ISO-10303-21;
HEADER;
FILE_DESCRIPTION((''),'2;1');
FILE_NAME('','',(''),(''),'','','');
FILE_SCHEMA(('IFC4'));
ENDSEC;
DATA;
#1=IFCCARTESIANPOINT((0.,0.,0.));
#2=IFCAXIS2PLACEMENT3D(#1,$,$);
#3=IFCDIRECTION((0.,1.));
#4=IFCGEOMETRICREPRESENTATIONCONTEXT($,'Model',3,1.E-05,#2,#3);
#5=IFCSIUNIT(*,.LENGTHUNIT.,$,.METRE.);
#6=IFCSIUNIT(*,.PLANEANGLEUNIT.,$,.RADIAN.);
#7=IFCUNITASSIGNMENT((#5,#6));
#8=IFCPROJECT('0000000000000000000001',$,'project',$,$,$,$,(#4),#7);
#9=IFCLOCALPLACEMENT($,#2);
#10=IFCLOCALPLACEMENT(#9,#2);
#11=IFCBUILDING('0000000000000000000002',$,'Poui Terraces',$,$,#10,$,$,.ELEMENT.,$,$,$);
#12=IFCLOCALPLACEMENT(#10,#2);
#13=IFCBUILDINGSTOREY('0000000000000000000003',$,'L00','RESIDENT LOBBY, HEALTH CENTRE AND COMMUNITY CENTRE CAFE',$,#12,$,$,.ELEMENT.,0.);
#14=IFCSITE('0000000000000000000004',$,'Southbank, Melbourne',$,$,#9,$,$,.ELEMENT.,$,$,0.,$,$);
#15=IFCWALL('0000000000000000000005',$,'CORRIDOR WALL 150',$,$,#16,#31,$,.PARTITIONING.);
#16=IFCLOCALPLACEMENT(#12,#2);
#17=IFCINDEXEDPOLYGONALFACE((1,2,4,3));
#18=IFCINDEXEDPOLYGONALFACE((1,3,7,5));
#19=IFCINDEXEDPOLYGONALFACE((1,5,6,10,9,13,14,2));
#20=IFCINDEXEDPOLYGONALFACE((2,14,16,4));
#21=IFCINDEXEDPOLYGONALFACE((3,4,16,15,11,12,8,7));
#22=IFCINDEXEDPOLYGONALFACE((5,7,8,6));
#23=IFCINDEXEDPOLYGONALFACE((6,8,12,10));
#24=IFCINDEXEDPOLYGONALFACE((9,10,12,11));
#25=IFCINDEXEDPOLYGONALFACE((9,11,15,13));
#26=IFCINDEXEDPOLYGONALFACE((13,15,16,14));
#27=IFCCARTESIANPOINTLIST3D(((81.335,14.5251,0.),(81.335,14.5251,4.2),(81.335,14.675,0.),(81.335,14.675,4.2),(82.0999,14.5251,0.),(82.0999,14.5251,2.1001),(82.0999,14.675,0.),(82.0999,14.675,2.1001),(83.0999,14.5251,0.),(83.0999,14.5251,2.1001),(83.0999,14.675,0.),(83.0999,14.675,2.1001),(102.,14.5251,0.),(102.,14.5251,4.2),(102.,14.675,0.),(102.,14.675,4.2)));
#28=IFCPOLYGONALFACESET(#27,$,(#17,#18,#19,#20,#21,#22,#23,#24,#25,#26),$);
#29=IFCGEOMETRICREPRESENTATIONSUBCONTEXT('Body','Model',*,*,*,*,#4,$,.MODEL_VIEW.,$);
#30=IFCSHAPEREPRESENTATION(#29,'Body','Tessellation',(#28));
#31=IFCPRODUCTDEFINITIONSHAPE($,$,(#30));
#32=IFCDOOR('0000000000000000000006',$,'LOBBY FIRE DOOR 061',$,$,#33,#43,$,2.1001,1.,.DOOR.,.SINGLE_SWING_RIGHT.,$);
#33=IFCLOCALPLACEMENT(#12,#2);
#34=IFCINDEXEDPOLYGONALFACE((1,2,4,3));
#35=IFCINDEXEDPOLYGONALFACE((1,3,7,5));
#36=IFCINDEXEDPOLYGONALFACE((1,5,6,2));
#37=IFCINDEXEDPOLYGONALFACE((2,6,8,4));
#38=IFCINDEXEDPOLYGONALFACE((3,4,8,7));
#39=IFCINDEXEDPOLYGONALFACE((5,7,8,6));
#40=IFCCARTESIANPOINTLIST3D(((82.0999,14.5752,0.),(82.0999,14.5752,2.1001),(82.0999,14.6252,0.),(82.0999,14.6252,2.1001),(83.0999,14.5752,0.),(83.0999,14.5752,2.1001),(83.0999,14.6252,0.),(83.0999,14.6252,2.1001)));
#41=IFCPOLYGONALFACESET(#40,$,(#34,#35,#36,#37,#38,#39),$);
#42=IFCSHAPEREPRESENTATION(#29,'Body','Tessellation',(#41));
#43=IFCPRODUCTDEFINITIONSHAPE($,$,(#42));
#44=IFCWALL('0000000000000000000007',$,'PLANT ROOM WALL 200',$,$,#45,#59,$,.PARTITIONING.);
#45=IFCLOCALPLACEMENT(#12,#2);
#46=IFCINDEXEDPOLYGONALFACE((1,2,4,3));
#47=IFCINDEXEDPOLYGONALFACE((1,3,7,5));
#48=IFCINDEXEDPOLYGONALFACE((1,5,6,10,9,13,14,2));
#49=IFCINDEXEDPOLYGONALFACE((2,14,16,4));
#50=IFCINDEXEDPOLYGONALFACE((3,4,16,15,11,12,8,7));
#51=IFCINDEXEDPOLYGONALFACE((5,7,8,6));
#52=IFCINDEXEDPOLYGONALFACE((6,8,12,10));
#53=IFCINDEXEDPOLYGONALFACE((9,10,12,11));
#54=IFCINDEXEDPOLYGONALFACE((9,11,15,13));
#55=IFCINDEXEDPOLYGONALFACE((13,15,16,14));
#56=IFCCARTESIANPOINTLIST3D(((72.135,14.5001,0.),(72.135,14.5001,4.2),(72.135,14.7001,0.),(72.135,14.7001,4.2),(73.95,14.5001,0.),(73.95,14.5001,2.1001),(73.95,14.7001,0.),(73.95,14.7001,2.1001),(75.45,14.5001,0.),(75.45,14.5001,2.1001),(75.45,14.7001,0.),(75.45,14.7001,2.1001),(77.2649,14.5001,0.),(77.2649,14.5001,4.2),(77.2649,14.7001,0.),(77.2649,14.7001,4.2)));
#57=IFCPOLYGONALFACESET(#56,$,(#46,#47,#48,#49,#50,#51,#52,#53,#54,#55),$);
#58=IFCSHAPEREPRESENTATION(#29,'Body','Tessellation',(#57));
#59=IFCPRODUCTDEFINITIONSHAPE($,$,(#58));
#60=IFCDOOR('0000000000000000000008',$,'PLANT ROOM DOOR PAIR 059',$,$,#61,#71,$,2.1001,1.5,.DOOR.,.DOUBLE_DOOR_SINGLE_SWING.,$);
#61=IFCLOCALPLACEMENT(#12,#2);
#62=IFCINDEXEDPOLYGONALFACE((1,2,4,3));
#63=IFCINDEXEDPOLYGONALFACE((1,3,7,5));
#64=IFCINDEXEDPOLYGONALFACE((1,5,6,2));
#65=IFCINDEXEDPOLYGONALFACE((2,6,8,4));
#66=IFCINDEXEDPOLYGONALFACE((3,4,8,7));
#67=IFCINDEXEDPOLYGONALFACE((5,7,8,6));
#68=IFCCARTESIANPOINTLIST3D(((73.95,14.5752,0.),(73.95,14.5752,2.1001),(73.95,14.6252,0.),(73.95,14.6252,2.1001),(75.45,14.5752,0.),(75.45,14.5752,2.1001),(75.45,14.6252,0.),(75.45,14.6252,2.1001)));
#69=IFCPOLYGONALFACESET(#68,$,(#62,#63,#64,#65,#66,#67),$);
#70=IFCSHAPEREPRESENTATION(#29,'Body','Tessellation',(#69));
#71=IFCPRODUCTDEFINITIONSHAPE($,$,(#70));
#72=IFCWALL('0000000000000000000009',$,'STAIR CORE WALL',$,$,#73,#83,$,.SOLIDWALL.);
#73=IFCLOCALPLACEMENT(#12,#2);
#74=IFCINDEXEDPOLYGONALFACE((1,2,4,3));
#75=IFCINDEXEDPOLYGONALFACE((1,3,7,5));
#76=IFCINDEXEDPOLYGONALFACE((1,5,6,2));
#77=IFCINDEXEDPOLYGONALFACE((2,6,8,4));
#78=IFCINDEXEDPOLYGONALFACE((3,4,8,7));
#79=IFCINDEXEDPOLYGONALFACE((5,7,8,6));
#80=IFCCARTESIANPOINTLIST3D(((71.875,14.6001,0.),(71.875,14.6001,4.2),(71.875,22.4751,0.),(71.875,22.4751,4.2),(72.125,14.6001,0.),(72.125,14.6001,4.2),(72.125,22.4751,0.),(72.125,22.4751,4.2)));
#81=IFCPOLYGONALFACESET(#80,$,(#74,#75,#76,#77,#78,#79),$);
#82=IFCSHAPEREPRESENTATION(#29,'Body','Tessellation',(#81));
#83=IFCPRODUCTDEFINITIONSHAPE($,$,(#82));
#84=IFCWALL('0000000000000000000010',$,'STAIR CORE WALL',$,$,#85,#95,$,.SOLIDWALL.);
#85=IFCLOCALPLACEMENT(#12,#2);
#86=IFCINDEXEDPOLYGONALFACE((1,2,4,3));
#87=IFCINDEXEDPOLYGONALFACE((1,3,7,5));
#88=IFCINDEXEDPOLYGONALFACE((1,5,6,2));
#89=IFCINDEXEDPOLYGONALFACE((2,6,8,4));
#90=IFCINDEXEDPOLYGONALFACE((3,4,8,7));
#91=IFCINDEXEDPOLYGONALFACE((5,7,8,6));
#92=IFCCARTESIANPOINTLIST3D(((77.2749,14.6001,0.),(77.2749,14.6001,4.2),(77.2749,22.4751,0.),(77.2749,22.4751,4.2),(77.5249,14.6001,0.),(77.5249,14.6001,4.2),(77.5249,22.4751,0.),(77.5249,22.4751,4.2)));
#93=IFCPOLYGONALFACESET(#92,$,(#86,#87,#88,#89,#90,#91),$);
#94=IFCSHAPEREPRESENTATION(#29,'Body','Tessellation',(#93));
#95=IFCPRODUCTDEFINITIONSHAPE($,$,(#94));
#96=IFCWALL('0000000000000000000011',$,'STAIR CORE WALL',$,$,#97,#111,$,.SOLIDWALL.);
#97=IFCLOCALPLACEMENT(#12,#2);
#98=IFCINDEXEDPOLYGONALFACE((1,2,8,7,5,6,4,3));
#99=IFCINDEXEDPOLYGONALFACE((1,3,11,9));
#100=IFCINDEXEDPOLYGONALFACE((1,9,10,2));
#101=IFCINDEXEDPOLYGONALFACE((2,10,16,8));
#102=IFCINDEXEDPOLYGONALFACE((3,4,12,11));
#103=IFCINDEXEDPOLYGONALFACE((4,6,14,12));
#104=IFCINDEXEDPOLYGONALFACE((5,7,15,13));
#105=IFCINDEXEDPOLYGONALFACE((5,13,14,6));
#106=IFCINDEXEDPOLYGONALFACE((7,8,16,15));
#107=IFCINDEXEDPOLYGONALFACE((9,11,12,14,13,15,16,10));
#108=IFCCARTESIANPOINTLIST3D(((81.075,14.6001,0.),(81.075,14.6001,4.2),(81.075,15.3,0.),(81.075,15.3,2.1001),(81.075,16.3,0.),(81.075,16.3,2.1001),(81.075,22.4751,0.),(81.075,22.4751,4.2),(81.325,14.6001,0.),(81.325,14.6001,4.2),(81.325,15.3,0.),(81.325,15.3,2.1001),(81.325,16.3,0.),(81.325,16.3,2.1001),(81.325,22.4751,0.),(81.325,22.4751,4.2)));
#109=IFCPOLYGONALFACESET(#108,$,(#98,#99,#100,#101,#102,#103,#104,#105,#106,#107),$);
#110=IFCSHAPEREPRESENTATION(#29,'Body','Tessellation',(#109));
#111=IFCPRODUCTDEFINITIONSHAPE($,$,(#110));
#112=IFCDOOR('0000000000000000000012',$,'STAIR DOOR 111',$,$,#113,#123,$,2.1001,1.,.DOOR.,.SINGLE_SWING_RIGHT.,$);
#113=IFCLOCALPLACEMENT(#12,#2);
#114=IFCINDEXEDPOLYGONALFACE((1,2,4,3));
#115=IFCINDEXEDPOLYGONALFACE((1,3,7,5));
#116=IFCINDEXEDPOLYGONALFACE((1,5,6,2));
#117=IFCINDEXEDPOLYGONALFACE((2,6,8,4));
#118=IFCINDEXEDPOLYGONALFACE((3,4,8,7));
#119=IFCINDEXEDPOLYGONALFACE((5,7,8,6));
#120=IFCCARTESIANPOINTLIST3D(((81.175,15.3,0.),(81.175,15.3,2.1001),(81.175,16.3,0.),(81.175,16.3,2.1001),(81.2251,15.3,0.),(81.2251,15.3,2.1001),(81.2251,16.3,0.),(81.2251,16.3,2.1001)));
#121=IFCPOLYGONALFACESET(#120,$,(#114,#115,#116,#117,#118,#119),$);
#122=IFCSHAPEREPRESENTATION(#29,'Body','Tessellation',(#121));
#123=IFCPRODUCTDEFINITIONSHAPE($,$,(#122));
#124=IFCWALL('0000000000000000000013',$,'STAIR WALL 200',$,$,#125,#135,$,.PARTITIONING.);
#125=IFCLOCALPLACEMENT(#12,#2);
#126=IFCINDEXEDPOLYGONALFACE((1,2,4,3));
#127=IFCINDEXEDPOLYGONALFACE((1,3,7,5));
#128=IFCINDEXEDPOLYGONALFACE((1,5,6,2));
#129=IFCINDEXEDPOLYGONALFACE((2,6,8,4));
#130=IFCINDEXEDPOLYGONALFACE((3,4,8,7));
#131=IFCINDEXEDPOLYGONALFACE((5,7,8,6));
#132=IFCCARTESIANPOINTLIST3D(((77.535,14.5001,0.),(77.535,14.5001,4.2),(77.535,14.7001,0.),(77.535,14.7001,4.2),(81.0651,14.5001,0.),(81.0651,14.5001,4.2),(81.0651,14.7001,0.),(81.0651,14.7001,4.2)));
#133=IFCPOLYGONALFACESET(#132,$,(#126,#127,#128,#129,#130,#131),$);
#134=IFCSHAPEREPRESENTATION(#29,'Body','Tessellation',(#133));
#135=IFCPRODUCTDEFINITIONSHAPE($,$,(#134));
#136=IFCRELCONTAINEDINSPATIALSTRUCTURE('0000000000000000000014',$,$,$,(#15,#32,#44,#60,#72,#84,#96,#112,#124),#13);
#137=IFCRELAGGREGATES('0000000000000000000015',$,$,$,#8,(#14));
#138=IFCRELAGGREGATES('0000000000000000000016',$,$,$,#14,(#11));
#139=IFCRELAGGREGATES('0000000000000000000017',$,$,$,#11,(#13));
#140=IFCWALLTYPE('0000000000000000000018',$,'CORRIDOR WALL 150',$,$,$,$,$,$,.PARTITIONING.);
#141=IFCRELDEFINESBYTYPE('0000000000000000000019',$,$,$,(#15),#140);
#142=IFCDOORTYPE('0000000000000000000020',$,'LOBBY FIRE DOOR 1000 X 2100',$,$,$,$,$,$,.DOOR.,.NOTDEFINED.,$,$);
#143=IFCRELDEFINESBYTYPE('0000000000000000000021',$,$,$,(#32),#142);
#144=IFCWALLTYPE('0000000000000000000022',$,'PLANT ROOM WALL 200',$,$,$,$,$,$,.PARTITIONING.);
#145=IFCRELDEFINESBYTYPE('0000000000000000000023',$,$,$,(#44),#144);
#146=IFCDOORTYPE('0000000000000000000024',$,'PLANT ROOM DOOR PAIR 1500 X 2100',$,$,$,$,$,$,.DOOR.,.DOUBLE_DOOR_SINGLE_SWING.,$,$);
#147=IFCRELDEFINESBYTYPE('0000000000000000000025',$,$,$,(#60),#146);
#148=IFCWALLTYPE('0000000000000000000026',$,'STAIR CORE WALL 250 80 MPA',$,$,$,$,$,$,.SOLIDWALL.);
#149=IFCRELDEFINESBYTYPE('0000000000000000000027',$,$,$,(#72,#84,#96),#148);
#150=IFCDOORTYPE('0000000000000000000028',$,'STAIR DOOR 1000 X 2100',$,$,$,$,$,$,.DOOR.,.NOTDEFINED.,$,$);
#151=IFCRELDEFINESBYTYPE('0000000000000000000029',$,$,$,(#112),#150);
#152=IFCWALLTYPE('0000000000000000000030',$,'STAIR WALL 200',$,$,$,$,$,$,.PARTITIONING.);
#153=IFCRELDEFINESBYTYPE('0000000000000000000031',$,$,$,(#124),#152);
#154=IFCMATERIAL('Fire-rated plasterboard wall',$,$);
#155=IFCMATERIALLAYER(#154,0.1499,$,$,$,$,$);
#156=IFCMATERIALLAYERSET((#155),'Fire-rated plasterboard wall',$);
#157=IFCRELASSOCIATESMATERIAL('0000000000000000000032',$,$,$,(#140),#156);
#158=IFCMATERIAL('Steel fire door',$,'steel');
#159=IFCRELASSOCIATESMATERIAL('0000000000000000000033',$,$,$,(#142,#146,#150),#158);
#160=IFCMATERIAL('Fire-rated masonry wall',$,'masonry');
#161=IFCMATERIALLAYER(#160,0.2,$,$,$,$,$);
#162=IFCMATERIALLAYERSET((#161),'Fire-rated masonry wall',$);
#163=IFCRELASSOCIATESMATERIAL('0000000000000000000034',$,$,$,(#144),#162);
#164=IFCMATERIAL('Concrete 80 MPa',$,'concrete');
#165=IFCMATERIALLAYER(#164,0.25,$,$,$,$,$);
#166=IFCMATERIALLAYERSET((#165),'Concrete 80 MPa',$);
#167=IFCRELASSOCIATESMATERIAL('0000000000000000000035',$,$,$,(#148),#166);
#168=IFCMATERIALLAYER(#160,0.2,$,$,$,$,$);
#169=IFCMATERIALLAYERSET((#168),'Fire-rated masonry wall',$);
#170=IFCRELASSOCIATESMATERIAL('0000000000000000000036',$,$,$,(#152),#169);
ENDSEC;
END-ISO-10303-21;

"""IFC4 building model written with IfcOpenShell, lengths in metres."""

from ifc_helpers import new_model, si_unit, direction, frame, frame_2d, origin, place, context, subcontext, project, spatial, rectangle, extrude, material, layer, layer_set, type_object, element, fill, save


model = new_model("IFC4")

# Units and contexts
model_context = context("Model", 3, precision=1e-05, world=origin(), true_north=direction((0.0, 1.0)))
body_context = subcontext(model_context, "Body", "Model", "MODEL_VIEW")
ifc_project = project(units=[si_unit("LENGTHUNIT", "METRE"), si_unit("PLANEANGLEUNIT", "RADIAN")], contexts=[model_context])

# Site, building, storey
site_placement = place(None, origin())
site = spatial("IfcSite", under=ifc_project, at=site_placement, Name="Southbank, Melbourne", CompositionType="ELEMENT", RefElevation=0.0)
building_placement = place(site_placement, origin())
building = spatial("IfcBuilding", under=site, at=building_placement, Name="Poui Terraces", CompositionType="ELEMENT")
storey_placement = place(building_placement, origin())
storey = spatial("IfcBuildingStorey", under=building, at=storey_placement, Name="L00", Description="RESIDENT LOBBY, HEALTH CENTRE AND COMMUNITY CENTRE CAFE", CompositionType="ELEMENT", Elevation=0.0)

# Shared definitions
ifc_material_1 = material(Name="Concrete 80 MPa", Category="concrete")

# Walls, openings, doors
ifc_material_2 = material(Name="Fire-rated plasterboard wall")
ifc_layer_1 = layer(ifc_material_2, 0.1499)
ifc_layer_set_1 = layer_set([ifc_layer_1], Name="Fire-rated plasterboard wall")
wall_type_1 = type_object("IfcWallType", Name="CORRIDOR WALL 150", PredefinedType="PARTITIONING", material=ifc_layer_set_1)
wall_1_placement = place(storey_placement, frame((81.335, 14.6001, 0.0), z_axis=(0.0, 0.0, 1.0), x_axis=(1.0, 0.0, 0.0)))
wall_1 = element("IfcWall", 1, at=wall_1_placement, inside=storey, type_object=wall_type_1, Name="CORRIDOR WALL 150", PredefinedType="PARTITIONING", context=body_context, shape_type="SweptSolid", body=[
    extrude(rectangle(XDim=20.665, YDim=0.1499, at=frame_2d((10.3325, 0.0))), origin(), (0.0, 0.0, 1.0), 4.2),
])
opening_1_placement = place(wall_1_placement, frame((0.7649, 0.0, 0.0)))
opening_1 = element("IfcOpeningElement", 2, at=opening_1_placement, cuts=wall_1, PredefinedType="OPENING", context=body_context, shape_type="SweptSolid", body=[
    extrude(rectangle(XDim=1.0, YDim=2.1001, at=frame_2d((0.5, 1.05))), frame((0.0, 0.085, 0.0), z_axis=(0.0, -1.0, 0.0), x_axis=(1.0, 0.0, 0.0)), (0.0, 0.0, 1.0), 0.1699),
])
ifc_material_3 = material(Name="Steel fire door", Category="steel")
door_type_1 = type_object("IfcDoorType", Name="LOBBY FIRE DOOR 1000 X 2100", OperationType="NOTDEFINED", PredefinedType="DOOR", material=ifc_material_3)
door_1_placement = place(opening_1_placement, frame((1.0, 0.0, 0.0), z_axis=(0.0, 0.0, 1.0), x_axis=(-1.0, 0.0, 0.0)))
door_1 = element("IfcDoor", 3, at=door_1_placement, inside=storey, type_object=door_type_1, Name="LOBBY FIRE DOOR 061", OperationType="SINGLE_SWING_RIGHT", OverallHeight=2.1001, OverallWidth=1.0, PredefinedType="DOOR", context=body_context, shape_type="SweptSolid", body=[
    extrude(rectangle(XDim=1.0, YDim=2.1001, at=frame_2d((0.5, 1.05))), frame((0.0, 0.0249, 0.0), z_axis=(0.0, -1.0, 0.0), x_axis=(1.0, 0.0, 0.0)), (0.0, 0.0, 1.0), 0.05),
])
fill(opening_1, door_1)
ifc_material_4 = material(Name="Fire-rated masonry wall", Category="masonry")
ifc_layer_2 = layer(ifc_material_4, 0.2)
ifc_layer_set_2 = layer_set([ifc_layer_2], Name="Fire-rated masonry wall")
wall_type_2 = type_object("IfcWallType", Name="PLANT ROOM WALL 200", PredefinedType="PARTITIONING", material=ifc_layer_set_2)
wall_2_placement = place(storey_placement, frame((72.135, 14.6001, 0.0), z_axis=(0.0, 0.0, 1.0), x_axis=(1.0, 0.0, 0.0)))
wall_2 = element("IfcWall", 4, at=wall_2_placement, inside=storey, type_object=wall_type_2, Name="PLANT ROOM WALL 200", PredefinedType="PARTITIONING", context=body_context, shape_type="SweptSolid", body=[
    extrude(rectangle(XDim=5.1299, YDim=0.2, at=frame_2d((2.5649, 0.0))), origin(), (0.0, 0.0, 1.0), 4.2),
])
opening_2_placement = place(wall_2_placement, frame((1.8149, 0.0, 0.0)))
opening_2 = element("IfcOpeningElement", 5, at=opening_2_placement, cuts=wall_2, PredefinedType="OPENING", context=body_context, shape_type="SweptSolid", body=[
    extrude(rectangle(XDim=1.5, YDim=2.1001, at=frame_2d((0.75, 1.05))), frame((0.0, 0.1099, 0.0), z_axis=(0.0, -1.0, 0.0), x_axis=(1.0, 0.0, 0.0)), (0.0, 0.0, 1.0), 0.22),
])
door_type_2 = type_object("IfcDoorType", Name="PLANT ROOM DOOR PAIR 1500 X 2100", OperationType="DOUBLE_DOOR_SINGLE_SWING", PredefinedType="DOOR", material=ifc_material_3)
door_2_placement = place(opening_2_placement, frame((1.5, 0.0, 0.0), z_axis=(0.0, 0.0, 1.0), x_axis=(-1.0, 0.0, 0.0)))
door_2 = element("IfcDoor", 6, at=door_2_placement, inside=storey, type_object=door_type_2, Name="PLANT ROOM DOOR PAIR 059", OperationType="DOUBLE_DOOR_SINGLE_SWING", OverallHeight=2.1001, OverallWidth=1.5, PredefinedType="DOOR", context=body_context, shape_type="SweptSolid", body=[
    extrude(rectangle(XDim=1.5, YDim=2.1001, at=frame_2d((0.75, 1.05))), frame((0.0, 0.0249, 0.0), z_axis=(0.0, -1.0, 0.0), x_axis=(1.0, 0.0, 0.0)), (0.0, 0.0, 1.0), 0.05),
])
fill(opening_2, door_2)

# Walls
ifc_layer_3 = layer(ifc_material_1, 0.25)
ifc_layer_set_3 = layer_set([ifc_layer_3], Name="Concrete 80 MPa")
wall_type_3 = type_object("IfcWallType", Name="STAIR CORE WALL 250 80 MPA", PredefinedType="SOLIDWALL", material=ifc_layer_set_3)
for number, where, z_axis, x_axis, name in (
    (7, (72.0, 14.6001, 0.0), (0.0, 0.0, 1.0), (0.0, 1.0, 0.0), "STAIR CORE WALL"),
    (8, (77.3999, 14.6001, 0.0), (0.0, 0.0, 1.0), (0.0, 1.0, 0.0), "STAIR CORE WALL"),
):
    element("IfcWall", number, at=place(storey_placement, frame(where, z_axis=z_axis, x_axis=x_axis)), inside=storey, type_object=wall_type_3, Name=name, PredefinedType="SOLIDWALL", context=body_context, shape_type="SweptSolid", body=[
        extrude(rectangle(XDim=7.875, YDim=0.25, at=frame_2d((3.9375, 0.0))), origin(), (0.0, 0.0, 1.0), 4.2),
    ])

# Wall, opening, door
wall_3_placement = place(storey_placement, frame((81.2, 14.6001, 0.0), z_axis=(0.0, 0.0, 1.0), x_axis=(0.0, 1.0, 0.0)))
wall_3 = element("IfcWall", 9, at=wall_3_placement, inside=storey, type_object=wall_type_3, Name="STAIR CORE WALL", PredefinedType="SOLIDWALL", context=body_context, shape_type="SweptSolid", body=[
    extrude(rectangle(XDim=7.875, YDim=0.25, at=frame_2d((3.9375, 0.0))), origin(), (0.0, 0.0, 1.0), 4.2),
])
opening_3_placement = place(wall_3_placement, frame((0.7, 0.0, 0.0)))
opening_3 = element("IfcOpeningElement", 10, at=opening_3_placement, cuts=wall_3, PredefinedType="OPENING", context=body_context, shape_type="SweptSolid", body=[
    extrude(rectangle(XDim=1.0, YDim=2.1001, at=frame_2d((0.5, 1.05))), frame((0.0, 0.135, 0.0), z_axis=(0.0, -1.0, 0.0), x_axis=(1.0, 0.0, 0.0)), (0.0, 0.0, 1.0), 0.27),
])
door_type_3 = type_object("IfcDoorType", Name="STAIR DOOR 1000 X 2100", OperationType="NOTDEFINED", PredefinedType="DOOR", material=ifc_material_3)
door_3_placement = place(opening_3_placement, origin())
door_3 = element("IfcDoor", 11, at=door_3_placement, inside=storey, type_object=door_type_3, Name="STAIR DOOR 111", OperationType="SINGLE_SWING_RIGHT", OverallHeight=2.1001, OverallWidth=1.0, PredefinedType="DOOR", context=body_context, shape_type="SweptSolid", body=[
    extrude(rectangle(XDim=1.0, YDim=2.1001, at=frame_2d((0.5, 1.05))), frame((0.0, 0.0249, 0.0), z_axis=(0.0, -1.0, 0.0), x_axis=(1.0, 0.0, 0.0)), (0.0, 0.0, 1.0), 0.05),
])
fill(opening_3, door_3)

# Wall
ifc_layer_4 = layer(ifc_material_4, 0.2)
ifc_layer_set_4 = layer_set([ifc_layer_4], Name="Fire-rated masonry wall")
wall_type_4 = type_object("IfcWallType", Name="STAIR WALL 200", PredefinedType="PARTITIONING", material=ifc_layer_set_4)
wall_4_placement = place(storey_placement, frame((77.5349, 14.6001, 0.0), z_axis=(0.0, 0.0, 1.0), x_axis=(1.0, 0.0, 0.0)))
element("IfcWall", 12, at=wall_4_placement, inside=storey, type_object=wall_type_4, Name="STAIR WALL 200", PredefinedType="PARTITIONING", context=body_context, shape_type="SweptSolid", body=[
    extrude(rectangle(XDim=3.53, YDim=0.2, at=frame_2d((1.7651, 0.0))), origin(), (0.0, 0.0, 1.0), 4.2),
])

save(model, "model.ifc")
